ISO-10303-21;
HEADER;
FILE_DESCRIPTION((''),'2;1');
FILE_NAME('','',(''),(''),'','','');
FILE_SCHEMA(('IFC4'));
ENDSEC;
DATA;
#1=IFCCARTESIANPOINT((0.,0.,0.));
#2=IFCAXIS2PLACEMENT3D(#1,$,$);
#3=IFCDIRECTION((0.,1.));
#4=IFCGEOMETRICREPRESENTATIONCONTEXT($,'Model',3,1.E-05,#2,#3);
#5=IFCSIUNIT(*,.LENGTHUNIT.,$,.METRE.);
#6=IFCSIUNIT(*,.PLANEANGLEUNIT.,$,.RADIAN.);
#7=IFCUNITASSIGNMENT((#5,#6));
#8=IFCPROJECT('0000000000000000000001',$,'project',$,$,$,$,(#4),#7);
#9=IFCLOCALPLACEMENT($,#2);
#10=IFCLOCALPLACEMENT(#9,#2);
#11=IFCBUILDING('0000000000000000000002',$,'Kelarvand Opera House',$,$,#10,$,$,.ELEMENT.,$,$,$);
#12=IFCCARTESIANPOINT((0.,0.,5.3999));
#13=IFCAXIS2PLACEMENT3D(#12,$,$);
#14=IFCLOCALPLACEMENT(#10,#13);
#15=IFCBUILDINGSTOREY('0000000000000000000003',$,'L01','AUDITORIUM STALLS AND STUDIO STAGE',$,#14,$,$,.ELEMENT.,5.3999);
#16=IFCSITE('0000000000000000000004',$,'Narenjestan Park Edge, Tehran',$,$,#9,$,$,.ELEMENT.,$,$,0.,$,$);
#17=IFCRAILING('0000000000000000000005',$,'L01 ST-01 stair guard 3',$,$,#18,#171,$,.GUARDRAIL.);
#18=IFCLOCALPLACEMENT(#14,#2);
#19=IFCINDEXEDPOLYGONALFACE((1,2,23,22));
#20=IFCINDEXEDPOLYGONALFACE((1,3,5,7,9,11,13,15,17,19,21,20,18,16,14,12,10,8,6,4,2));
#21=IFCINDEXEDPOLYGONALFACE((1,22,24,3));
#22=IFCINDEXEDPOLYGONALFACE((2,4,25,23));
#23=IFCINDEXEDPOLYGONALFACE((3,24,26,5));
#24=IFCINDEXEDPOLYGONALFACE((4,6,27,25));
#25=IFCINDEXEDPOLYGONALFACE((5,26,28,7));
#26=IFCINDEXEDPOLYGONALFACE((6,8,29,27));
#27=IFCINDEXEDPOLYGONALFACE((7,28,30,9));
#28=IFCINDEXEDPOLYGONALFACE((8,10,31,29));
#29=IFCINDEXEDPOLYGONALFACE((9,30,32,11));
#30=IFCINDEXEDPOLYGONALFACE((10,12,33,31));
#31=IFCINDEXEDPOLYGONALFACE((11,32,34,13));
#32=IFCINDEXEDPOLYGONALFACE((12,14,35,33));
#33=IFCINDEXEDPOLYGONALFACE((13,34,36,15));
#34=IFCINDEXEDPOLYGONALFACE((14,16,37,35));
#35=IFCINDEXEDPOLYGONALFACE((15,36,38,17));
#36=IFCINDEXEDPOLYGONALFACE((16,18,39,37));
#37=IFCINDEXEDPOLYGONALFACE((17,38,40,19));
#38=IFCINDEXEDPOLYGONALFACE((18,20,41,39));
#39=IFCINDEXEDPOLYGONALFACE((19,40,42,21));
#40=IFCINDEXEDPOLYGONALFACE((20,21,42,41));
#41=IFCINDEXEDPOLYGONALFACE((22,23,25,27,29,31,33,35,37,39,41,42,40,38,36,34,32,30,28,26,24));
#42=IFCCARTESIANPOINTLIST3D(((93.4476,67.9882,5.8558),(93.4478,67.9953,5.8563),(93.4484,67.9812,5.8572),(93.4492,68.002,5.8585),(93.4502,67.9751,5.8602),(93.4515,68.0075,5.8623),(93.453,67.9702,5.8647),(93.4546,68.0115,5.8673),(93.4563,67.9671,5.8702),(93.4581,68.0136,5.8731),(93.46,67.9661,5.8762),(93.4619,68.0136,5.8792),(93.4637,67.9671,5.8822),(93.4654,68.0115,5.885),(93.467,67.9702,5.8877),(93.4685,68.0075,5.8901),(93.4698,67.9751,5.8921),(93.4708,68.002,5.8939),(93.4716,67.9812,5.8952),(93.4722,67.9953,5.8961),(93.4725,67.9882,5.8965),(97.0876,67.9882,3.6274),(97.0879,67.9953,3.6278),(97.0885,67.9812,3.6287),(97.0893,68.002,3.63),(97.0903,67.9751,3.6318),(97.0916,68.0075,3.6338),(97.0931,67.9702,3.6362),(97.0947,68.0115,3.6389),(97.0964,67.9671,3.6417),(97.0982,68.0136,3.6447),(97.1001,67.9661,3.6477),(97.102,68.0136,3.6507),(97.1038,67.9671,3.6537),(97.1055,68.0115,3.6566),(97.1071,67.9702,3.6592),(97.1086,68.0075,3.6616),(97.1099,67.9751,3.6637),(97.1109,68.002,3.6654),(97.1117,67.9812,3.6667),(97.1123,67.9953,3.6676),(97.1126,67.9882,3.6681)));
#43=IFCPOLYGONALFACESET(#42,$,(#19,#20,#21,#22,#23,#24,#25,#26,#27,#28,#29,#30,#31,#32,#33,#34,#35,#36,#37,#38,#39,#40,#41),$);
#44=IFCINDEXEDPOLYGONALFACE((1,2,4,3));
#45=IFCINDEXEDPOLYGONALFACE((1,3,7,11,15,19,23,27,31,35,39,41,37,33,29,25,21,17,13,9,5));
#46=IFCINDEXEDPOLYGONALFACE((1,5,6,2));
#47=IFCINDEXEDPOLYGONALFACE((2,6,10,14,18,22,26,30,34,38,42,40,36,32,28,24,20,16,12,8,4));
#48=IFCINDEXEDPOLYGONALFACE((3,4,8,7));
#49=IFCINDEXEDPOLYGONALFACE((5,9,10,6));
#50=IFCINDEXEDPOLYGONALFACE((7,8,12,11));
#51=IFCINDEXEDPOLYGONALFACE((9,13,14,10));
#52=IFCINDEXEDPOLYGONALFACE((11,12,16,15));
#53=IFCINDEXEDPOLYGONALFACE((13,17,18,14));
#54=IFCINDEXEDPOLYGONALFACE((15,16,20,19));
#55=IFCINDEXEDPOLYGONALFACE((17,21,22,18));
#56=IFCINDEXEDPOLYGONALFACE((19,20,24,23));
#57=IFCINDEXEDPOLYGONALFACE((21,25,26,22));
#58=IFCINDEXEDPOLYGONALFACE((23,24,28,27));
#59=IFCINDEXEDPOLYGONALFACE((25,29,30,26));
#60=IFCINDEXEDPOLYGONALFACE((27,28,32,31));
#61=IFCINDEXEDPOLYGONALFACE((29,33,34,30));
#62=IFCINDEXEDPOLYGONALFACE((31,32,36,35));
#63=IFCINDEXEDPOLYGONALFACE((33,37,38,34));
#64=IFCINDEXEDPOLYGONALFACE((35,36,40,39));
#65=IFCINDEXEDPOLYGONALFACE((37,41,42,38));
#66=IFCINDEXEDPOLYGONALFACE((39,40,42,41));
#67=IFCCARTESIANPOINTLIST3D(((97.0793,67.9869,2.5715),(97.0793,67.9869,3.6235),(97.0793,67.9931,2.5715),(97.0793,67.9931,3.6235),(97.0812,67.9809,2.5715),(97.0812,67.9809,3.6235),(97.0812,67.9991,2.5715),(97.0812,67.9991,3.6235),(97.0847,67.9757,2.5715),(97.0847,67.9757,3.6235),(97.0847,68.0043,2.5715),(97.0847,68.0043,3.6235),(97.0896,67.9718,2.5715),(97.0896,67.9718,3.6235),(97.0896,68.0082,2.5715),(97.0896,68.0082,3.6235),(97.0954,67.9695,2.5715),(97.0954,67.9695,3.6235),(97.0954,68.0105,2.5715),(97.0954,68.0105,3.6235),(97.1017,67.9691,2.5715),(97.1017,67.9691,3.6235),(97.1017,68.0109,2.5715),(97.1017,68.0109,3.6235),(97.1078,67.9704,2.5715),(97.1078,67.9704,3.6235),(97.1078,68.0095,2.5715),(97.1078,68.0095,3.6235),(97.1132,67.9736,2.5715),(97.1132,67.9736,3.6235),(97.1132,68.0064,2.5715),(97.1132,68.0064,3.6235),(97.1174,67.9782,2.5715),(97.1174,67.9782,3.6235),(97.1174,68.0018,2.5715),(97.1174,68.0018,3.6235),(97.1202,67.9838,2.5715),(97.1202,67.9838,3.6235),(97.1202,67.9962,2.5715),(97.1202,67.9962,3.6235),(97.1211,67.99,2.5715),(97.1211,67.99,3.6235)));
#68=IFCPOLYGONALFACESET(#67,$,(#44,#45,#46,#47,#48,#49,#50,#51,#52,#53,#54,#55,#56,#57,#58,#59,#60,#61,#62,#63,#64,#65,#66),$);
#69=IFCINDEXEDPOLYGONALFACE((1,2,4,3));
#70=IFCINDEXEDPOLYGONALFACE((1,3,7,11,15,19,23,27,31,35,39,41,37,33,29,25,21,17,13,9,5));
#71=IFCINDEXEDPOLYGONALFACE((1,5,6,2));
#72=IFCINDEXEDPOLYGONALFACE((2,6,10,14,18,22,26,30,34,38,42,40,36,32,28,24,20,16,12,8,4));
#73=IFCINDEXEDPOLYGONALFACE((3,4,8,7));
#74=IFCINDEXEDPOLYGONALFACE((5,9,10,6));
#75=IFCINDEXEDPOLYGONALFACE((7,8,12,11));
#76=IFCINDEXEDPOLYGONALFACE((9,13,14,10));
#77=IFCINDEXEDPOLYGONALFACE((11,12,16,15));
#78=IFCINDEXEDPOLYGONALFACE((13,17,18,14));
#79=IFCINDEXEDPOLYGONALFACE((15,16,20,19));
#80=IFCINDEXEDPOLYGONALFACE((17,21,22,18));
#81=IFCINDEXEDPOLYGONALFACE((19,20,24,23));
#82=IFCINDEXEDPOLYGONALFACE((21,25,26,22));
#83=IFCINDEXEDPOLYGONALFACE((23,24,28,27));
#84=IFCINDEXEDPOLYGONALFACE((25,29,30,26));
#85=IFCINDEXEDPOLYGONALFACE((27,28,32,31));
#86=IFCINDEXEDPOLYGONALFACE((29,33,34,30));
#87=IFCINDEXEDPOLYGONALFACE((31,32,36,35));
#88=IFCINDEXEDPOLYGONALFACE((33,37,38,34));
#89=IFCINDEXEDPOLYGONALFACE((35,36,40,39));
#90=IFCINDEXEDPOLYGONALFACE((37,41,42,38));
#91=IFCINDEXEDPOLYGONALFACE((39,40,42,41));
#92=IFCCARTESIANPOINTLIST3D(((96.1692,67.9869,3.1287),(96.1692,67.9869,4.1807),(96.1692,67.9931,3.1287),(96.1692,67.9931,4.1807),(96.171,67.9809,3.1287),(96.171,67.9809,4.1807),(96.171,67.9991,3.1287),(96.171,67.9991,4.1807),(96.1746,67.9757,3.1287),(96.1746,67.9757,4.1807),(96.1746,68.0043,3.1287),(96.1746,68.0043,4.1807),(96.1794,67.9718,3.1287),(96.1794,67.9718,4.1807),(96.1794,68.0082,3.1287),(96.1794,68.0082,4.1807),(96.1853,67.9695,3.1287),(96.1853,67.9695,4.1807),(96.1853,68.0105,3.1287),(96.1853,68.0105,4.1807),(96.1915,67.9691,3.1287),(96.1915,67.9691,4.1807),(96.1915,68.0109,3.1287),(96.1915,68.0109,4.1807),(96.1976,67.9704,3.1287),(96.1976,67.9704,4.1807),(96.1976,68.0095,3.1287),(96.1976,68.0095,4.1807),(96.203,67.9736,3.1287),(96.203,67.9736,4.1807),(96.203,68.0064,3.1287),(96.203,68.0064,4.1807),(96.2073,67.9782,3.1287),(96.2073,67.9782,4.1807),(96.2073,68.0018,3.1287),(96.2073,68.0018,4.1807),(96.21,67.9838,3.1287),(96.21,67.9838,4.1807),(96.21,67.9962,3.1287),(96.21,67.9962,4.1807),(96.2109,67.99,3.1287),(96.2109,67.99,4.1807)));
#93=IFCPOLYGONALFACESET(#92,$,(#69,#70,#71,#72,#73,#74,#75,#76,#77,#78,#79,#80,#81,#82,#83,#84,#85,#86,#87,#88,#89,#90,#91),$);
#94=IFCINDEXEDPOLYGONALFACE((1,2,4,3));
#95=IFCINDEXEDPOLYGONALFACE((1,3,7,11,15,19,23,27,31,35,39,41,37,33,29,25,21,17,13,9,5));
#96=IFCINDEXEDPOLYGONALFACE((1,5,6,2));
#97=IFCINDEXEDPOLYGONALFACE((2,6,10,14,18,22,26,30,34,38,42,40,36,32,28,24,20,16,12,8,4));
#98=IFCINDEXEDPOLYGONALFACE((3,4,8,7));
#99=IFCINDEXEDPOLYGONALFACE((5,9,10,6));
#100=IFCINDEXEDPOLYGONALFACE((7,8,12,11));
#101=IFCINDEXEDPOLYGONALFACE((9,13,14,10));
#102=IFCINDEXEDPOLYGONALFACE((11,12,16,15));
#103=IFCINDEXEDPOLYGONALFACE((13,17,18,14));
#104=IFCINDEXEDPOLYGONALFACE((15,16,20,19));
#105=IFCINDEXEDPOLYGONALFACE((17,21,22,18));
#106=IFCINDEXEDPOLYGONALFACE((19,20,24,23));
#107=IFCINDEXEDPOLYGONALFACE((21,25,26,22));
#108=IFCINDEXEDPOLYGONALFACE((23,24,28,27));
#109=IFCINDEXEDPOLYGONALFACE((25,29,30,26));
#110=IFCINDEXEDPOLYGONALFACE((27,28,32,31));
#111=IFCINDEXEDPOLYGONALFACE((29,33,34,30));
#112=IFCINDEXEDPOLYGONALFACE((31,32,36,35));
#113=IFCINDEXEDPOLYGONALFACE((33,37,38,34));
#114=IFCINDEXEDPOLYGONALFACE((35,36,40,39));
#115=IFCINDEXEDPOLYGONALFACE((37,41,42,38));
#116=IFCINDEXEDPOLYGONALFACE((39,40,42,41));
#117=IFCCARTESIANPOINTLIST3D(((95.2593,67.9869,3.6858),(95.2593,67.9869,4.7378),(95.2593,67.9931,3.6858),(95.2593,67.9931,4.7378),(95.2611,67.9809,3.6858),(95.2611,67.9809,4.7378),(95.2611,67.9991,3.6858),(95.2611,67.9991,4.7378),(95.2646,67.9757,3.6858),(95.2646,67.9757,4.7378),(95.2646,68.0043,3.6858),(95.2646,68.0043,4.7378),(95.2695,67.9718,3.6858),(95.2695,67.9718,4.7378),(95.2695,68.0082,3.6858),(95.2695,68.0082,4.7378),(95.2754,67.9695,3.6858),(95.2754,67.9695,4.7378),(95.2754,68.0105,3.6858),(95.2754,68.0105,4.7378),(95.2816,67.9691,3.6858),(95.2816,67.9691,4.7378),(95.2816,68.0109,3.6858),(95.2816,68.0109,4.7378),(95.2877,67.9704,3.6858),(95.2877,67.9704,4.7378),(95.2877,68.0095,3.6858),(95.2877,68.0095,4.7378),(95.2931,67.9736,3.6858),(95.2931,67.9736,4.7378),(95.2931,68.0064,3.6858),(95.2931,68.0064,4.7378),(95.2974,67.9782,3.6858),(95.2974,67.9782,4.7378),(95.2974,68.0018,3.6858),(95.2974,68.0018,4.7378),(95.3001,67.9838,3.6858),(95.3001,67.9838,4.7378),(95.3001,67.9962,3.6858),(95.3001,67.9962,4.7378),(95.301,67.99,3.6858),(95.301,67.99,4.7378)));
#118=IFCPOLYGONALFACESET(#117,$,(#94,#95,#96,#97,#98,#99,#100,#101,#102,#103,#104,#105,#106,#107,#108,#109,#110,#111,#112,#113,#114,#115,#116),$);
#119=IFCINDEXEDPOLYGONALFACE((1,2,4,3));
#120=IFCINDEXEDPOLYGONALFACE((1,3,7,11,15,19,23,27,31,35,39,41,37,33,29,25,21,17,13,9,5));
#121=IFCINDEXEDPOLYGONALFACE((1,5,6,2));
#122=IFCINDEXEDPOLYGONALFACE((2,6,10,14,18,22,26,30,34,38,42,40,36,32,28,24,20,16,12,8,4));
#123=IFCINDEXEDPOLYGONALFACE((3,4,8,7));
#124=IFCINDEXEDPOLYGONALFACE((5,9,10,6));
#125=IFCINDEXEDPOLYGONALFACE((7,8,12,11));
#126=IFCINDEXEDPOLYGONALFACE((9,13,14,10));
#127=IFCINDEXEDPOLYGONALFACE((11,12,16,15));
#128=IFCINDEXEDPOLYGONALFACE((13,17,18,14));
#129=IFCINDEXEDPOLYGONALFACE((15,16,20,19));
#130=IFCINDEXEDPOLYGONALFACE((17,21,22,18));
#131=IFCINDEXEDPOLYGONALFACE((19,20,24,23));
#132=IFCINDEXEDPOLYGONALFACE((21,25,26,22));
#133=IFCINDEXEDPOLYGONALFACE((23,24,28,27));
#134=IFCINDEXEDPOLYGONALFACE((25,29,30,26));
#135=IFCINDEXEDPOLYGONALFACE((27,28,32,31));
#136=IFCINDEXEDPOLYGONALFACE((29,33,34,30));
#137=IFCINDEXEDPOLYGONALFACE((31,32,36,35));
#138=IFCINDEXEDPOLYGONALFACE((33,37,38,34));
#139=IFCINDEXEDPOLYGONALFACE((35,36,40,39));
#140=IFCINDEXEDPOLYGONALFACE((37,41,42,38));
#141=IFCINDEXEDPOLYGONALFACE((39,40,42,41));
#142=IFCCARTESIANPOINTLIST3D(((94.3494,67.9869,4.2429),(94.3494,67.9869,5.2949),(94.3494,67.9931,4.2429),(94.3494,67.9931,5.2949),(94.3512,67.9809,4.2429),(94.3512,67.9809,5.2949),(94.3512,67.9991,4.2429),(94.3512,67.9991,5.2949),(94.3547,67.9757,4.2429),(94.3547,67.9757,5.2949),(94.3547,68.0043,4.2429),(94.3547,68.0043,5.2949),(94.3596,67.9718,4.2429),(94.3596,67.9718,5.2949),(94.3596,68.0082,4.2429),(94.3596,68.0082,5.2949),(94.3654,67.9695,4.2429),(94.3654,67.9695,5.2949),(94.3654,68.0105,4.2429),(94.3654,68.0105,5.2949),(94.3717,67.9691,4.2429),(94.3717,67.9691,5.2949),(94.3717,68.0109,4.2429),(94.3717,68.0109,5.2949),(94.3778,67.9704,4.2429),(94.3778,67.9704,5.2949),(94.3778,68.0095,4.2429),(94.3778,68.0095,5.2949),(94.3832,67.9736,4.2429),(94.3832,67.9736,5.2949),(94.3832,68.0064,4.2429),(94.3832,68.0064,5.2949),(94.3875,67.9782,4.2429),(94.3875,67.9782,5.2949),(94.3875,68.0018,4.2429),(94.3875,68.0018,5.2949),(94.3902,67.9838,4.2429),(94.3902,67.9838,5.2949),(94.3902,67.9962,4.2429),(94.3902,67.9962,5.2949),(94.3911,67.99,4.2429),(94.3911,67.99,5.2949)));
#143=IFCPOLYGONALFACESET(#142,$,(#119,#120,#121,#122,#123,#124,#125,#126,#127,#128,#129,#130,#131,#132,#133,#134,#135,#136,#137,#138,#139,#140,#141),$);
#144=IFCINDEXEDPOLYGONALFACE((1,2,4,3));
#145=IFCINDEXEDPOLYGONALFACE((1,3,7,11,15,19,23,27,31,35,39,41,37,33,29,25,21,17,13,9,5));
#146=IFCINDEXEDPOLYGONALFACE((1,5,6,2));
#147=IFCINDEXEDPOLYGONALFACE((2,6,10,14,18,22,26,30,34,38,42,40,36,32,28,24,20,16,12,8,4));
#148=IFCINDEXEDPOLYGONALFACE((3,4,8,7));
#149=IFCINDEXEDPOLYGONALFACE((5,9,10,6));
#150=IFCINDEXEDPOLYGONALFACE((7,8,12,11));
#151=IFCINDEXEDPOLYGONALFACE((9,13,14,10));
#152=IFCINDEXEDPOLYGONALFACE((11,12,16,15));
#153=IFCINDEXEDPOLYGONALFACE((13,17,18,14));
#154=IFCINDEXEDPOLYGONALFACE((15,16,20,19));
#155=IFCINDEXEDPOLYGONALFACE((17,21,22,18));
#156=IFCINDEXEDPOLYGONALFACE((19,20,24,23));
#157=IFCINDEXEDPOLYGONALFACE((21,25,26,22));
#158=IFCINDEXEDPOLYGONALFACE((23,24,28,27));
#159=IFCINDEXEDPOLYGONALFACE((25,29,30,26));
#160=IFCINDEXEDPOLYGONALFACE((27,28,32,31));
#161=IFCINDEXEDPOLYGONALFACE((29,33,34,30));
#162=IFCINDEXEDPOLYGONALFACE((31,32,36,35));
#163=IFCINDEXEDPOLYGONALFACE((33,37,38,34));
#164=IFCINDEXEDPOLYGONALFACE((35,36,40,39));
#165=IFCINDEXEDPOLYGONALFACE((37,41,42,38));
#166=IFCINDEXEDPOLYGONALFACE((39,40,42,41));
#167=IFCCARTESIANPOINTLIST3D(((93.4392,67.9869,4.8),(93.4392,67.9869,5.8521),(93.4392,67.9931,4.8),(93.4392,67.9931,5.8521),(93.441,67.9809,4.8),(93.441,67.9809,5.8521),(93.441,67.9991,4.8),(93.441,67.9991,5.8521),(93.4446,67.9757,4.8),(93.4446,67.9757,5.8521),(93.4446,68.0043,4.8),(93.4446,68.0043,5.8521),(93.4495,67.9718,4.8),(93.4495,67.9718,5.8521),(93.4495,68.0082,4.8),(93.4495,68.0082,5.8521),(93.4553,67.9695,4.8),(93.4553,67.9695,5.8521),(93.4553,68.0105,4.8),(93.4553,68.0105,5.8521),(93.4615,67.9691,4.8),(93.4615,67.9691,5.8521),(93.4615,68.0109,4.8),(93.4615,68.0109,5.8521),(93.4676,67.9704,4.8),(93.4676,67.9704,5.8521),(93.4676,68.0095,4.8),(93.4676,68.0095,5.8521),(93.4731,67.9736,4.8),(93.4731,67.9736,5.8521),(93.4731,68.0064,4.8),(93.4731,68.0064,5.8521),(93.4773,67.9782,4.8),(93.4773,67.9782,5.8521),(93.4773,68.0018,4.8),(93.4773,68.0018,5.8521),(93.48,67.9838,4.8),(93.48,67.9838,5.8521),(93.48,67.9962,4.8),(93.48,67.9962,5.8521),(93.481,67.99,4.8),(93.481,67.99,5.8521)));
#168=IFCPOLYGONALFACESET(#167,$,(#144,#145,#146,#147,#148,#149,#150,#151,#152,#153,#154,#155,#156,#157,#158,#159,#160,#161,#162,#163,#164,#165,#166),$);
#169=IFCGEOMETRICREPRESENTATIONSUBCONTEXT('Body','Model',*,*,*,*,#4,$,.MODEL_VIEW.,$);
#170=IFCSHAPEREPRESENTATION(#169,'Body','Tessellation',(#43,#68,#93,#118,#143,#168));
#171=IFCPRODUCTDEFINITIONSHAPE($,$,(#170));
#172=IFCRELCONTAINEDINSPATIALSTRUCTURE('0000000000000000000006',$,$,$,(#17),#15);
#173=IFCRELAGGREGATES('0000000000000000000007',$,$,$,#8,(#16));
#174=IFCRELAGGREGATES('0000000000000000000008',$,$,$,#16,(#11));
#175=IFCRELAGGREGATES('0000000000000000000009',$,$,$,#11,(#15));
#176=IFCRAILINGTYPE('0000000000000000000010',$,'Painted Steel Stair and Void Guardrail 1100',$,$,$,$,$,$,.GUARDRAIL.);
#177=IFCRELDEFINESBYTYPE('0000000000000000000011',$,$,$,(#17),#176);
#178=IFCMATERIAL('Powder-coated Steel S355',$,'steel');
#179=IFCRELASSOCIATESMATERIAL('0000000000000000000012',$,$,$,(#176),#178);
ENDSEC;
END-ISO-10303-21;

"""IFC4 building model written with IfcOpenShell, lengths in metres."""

from ifc_helpers import new_model, si_unit, direction, frame, origin, origin_2d, place, context, subcontext, project, spatial, circle, extrude, material, type_object, element, save


model = new_model("IFC4")

# Units and contexts
model_context = context("Model", 3, precision=1e-05, world=origin(), true_north=direction((0.0, 1.0)))
body_context = subcontext(model_context, "Body", "Model", "MODEL_VIEW")
ifc_project = project(units=[si_unit("LENGTHUNIT", "METRE"), si_unit("PLANEANGLEUNIT", "RADIAN")], contexts=[model_context])

# Site, building, storey
site_placement = place(None, origin())
site = spatial("IfcSite", under=ifc_project, at=site_placement, Name="Narenjestan Park Edge, Tehran", CompositionType="ELEMENT", RefElevation=0.0)
building_placement = place(site_placement, origin())
building = spatial("IfcBuilding", under=site, at=building_placement, Name="Kelarvand Opera House", CompositionType="ELEMENT")
storey_placement = place(building_placement, frame((0.0, 0.0, 5.3999)))
storey = spatial("IfcBuildingStorey", under=building, at=storey_placement, Name="L01", Description="AUDITORIUM STALLS AND STUDIO STAGE", CompositionType="ELEMENT", Elevation=5.3999)

# Railing
ifc_material_1 = material(Name="Powder-coated Steel S355", Category="steel")
railing_type = type_object("IfcRailingType", Name="Painted Steel Stair and Void Guardrail 1100", PredefinedType="GUARDRAIL", material=ifc_material_1)
railing_1_placement = place(storey_placement, frame((97.1001, 67.99, 2.5715)))
element("IfcRailing", 1, at=railing_1_placement, inside=storey, type_object=railing_type, Name="L01 ST-01 stair guard 3", PredefinedType="GUARDRAIL", context=body_context, shape_type="SweptSolid", body=[
    extrude(circle(Radius=0.0239, at=origin_2d()), frame((0.0, 0.0, 1.0762), z_axis=(-0.852866, 0.0, 0.52213), x_axis=(0.0, -1.0, 0.0)), (0.0, 0.0, 1.0), 4.2681),
    extrude(circle(Radius=0.021, at=origin_2d()), origin(), (0.0, 0.0, 1.0), 1.052),
    extrude(circle(Radius=0.021, at=origin_2d()), frame((-0.9102, 0.0, 0.5571)), (0.0, 0.0, 1.0), 1.052),
    extrude(circle(Radius=0.021, at=origin_2d()), frame((-1.8201, 0.0, 1.1143)), (0.0, 0.0, 1.0), 1.052),
    extrude(circle(Radius=0.021, at=origin_2d()), frame((-2.73, 0.0, 1.6714)), (0.0, 0.0, 1.0), 1.052),
    extrude(circle(Radius=0.021, at=origin_2d()), frame((-3.6401, 0.0, 2.2285)), (0.0, 0.0, 1.0), 1.052),
])

save(model, "model.ifc")
